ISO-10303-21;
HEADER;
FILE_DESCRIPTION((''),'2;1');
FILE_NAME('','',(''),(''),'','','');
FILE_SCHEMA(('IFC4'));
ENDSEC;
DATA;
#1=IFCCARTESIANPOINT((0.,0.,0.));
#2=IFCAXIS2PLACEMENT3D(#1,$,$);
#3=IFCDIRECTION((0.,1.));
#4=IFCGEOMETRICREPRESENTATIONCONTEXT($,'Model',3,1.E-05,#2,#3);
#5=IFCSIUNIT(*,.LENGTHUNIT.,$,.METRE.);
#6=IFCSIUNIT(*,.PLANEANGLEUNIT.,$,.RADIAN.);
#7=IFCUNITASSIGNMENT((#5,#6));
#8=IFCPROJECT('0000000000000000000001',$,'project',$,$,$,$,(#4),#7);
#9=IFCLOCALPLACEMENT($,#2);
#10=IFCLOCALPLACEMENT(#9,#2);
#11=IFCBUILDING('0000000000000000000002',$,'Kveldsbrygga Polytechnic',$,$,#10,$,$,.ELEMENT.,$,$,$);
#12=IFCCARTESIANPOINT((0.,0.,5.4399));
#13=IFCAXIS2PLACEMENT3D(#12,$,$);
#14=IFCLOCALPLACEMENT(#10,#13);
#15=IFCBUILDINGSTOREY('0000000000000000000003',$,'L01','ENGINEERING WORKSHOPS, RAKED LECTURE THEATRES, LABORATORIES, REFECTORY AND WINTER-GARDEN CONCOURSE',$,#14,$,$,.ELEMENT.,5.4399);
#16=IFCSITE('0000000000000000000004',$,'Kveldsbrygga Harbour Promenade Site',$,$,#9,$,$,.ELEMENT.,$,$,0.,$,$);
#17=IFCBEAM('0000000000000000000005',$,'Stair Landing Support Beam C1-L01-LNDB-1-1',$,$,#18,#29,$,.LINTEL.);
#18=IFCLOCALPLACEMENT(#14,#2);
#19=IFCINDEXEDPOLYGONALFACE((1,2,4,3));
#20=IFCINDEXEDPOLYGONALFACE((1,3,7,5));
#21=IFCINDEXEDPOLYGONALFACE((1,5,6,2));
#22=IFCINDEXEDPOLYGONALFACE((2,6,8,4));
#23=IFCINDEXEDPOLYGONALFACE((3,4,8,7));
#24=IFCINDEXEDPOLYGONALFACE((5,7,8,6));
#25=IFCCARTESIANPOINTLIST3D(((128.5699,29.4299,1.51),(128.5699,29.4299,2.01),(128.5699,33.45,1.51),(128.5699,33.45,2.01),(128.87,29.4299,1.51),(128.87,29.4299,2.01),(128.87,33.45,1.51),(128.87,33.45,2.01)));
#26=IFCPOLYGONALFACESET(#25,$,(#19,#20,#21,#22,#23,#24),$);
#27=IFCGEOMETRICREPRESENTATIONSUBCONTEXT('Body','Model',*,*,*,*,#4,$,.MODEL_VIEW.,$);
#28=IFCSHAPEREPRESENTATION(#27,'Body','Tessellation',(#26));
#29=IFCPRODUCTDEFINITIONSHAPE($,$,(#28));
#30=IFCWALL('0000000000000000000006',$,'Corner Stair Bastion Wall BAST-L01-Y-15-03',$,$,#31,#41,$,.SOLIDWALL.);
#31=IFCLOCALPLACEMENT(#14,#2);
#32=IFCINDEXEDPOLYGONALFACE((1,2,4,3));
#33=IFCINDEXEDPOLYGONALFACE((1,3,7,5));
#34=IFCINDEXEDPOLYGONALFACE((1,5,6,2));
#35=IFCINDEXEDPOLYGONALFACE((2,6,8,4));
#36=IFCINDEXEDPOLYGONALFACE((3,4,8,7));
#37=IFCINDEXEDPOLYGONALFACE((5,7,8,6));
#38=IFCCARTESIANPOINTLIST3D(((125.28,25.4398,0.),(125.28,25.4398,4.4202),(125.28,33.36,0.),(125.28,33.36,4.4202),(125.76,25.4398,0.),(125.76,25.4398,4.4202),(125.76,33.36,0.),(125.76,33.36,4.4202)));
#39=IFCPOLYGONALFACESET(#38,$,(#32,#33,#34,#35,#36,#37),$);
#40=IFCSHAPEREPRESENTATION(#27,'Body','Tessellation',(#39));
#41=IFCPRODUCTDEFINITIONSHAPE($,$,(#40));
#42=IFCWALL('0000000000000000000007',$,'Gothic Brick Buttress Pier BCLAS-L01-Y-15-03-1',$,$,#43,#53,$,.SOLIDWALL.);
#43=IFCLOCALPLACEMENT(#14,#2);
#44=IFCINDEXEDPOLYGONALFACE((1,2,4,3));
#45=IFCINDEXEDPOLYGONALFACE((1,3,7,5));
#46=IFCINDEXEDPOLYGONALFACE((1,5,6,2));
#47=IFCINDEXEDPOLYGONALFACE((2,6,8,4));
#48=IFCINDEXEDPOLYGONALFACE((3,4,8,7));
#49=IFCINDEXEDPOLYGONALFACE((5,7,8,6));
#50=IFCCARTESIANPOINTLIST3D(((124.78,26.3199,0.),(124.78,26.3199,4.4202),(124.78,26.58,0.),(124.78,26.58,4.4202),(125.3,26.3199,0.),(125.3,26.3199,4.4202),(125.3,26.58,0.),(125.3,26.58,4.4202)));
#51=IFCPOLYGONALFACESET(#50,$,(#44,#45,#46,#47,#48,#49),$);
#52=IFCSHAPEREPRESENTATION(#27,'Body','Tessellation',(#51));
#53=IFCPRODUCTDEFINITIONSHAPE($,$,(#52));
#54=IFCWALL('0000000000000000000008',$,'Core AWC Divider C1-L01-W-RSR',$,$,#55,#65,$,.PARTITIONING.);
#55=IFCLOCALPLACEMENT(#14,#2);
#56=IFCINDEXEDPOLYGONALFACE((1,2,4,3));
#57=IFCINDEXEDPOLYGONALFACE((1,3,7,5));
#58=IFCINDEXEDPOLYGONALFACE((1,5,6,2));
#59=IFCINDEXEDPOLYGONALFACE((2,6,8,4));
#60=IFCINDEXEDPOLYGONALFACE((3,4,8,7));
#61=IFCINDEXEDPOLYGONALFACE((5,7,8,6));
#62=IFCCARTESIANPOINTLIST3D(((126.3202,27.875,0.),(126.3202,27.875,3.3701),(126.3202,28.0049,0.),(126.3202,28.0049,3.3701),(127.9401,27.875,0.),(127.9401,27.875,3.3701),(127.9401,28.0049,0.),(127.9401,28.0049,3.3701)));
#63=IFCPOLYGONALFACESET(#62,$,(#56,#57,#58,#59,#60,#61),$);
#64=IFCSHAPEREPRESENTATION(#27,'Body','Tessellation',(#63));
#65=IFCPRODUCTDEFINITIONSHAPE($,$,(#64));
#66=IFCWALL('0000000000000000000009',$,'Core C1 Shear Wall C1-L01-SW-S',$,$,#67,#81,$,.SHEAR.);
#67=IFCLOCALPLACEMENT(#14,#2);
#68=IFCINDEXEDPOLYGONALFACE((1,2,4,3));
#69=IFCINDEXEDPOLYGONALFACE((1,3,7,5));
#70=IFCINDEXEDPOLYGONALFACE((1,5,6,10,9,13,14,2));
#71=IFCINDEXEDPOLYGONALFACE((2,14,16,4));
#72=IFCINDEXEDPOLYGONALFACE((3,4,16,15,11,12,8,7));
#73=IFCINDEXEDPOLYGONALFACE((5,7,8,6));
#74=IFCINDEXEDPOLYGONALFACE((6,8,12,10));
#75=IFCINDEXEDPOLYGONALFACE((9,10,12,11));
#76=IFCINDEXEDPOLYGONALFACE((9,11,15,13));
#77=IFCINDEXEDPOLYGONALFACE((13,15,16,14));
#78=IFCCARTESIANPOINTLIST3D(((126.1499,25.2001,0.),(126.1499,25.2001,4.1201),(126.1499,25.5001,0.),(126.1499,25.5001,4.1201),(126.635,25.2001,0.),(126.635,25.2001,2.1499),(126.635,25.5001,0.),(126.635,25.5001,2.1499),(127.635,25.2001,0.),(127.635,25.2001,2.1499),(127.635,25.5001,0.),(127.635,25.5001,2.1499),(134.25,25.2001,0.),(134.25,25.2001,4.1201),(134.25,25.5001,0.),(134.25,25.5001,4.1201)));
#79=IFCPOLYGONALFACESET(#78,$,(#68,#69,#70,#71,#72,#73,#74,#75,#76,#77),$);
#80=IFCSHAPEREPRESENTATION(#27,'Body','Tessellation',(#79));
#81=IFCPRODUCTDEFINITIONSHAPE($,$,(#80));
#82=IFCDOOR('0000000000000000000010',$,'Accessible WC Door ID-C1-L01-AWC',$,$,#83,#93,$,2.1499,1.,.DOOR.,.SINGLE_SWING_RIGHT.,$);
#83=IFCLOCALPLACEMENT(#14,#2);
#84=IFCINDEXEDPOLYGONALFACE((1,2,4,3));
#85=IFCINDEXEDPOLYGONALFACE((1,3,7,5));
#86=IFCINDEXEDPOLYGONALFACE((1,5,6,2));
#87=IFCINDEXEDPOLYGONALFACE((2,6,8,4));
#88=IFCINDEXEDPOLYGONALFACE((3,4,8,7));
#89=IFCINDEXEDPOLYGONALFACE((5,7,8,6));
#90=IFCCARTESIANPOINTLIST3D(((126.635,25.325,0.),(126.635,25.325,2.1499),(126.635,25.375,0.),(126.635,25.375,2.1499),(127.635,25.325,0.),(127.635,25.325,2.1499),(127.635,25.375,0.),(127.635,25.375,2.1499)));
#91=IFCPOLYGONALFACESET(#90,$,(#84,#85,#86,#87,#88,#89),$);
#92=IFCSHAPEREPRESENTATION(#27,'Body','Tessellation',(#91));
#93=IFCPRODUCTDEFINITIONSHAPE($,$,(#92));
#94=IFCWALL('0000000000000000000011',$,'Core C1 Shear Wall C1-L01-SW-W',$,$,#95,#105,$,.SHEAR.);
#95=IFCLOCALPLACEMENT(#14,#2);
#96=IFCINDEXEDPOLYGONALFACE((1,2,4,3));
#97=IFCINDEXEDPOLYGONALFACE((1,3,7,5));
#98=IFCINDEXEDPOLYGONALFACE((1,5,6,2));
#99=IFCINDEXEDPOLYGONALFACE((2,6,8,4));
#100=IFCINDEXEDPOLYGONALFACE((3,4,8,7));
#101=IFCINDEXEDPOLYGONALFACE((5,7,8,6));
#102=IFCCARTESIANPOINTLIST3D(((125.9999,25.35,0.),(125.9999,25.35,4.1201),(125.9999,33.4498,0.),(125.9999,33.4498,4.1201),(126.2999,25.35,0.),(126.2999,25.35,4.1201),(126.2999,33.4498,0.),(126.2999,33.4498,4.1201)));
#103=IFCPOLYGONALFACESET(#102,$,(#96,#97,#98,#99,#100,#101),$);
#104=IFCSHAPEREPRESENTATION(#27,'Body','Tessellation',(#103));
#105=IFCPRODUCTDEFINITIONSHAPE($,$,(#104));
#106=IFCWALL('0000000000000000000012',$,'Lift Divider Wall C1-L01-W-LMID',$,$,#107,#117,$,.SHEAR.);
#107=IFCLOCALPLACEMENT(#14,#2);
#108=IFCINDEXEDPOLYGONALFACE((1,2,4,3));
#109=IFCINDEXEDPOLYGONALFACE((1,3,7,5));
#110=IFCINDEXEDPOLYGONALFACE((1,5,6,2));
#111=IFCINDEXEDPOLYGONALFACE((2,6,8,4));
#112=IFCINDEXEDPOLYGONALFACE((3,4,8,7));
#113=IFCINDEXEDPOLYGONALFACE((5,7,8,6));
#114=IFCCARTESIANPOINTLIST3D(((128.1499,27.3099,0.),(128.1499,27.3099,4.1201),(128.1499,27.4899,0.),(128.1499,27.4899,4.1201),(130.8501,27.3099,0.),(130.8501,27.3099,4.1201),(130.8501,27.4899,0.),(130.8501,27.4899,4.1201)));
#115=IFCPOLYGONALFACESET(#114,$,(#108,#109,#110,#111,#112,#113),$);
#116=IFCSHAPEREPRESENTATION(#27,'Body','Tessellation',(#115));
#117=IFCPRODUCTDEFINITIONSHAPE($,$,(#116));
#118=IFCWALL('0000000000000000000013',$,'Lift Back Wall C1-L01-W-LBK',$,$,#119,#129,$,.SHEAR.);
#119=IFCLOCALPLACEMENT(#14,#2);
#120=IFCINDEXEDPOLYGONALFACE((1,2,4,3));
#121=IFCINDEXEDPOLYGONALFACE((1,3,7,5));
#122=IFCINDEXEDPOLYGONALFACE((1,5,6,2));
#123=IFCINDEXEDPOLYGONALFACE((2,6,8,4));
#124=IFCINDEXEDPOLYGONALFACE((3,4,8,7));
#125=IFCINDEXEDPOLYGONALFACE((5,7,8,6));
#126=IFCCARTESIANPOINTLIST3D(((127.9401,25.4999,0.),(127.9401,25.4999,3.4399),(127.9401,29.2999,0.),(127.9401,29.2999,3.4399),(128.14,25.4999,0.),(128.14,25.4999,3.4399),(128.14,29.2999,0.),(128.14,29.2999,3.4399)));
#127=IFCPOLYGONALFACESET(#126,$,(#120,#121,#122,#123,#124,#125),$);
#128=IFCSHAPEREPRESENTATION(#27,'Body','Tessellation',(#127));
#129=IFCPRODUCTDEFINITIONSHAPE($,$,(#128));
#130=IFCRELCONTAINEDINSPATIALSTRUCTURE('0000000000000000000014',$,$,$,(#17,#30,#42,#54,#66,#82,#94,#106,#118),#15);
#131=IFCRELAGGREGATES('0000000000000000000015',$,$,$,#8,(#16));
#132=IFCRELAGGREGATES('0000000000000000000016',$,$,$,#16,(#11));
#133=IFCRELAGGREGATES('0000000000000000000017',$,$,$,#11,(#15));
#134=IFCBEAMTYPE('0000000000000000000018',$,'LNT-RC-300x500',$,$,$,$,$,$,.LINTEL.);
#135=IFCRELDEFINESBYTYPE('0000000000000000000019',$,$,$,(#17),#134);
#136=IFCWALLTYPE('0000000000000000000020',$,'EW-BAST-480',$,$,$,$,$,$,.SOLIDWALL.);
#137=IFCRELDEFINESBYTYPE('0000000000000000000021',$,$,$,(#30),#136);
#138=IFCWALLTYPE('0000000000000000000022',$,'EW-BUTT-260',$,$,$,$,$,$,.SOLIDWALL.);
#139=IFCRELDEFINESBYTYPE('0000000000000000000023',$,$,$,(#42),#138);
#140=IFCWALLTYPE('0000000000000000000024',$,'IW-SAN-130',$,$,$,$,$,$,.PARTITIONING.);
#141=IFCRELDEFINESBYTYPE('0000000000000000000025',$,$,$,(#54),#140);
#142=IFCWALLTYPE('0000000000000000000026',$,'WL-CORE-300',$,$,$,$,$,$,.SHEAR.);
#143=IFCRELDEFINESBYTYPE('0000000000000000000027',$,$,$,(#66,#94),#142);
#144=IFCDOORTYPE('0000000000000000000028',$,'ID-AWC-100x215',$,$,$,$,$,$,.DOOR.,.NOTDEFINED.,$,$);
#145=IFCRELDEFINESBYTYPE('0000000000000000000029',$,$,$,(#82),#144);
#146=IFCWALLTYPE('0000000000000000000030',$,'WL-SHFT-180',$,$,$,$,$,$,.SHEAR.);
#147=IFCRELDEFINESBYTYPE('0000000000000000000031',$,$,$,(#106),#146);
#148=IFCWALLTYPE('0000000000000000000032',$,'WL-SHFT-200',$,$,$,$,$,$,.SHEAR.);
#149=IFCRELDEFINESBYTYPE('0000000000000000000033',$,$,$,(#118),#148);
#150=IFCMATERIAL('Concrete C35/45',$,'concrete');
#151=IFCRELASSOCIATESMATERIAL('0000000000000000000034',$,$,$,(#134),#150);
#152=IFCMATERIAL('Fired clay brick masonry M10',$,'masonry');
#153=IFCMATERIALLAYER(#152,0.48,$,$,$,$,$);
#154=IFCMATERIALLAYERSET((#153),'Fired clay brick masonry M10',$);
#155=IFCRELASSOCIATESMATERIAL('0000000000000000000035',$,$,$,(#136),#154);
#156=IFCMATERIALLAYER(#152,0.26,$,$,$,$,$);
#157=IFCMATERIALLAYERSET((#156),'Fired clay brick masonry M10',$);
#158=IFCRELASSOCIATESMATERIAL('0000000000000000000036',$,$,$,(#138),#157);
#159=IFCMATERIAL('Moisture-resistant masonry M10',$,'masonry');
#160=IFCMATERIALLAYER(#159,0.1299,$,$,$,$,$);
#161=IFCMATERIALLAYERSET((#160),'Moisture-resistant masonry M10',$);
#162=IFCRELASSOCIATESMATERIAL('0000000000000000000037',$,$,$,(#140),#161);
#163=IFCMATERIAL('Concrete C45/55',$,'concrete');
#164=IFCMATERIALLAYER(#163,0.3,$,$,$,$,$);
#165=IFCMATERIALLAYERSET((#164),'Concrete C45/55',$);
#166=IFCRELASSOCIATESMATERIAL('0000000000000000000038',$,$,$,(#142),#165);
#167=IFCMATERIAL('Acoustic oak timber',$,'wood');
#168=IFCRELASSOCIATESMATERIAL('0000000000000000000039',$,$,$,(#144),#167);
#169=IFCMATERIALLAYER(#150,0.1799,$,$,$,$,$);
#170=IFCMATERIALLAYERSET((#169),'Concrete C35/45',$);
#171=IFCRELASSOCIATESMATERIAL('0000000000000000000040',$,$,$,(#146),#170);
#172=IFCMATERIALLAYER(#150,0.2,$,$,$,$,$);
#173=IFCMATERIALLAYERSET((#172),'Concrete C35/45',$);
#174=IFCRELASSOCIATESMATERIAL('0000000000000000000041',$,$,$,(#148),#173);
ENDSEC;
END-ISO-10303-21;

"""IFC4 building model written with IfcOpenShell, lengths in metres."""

from ifc_helpers import new_model, si_unit, direction, frame, frame_2d, origin, origin_2d, place, context, subcontext, project, spatial, rectangle, extrude, material, layer, layer_set, material_profile, profile_set, type_object, element, fill, save


model = new_model("IFC4")

# Units and contexts
model_context = context("Model", 3, precision=1e-05, world=origin(), true_north=direction((0.0, 1.0)))
body_context = subcontext(model_context, "Body", "Model", "MODEL_VIEW")
ifc_project = project(units=[si_unit("LENGTHUNIT", "METRE"), si_unit("PLANEANGLEUNIT", "RADIAN")], contexts=[model_context])

# Site, building, storey
site_placement = place(None, origin())
site = spatial("IfcSite", under=ifc_project, at=site_placement, Name="Kveldsbrygga Harbour Promenade Site", CompositionType="ELEMENT", RefElevation=0.0)
building_placement = place(site_placement, origin())
building = spatial("IfcBuilding", under=site, at=building_placement, Name="Kveldsbrygga Polytechnic", CompositionType="ELEMENT")
storey_placement = place(building_placement, frame((0.0, 0.0, 5.4399)))
storey = spatial("IfcBuildingStorey", under=building, at=storey_placement, Name="L01", Description="ENGINEERING WORKSHOPS, RAKED LECTURE THEATRES, LABORATORIES, REFECTORY AND WINTER-GARDEN CONCOURSE", CompositionType="ELEMENT", Elevation=5.4399)

# Beam
ifc_material_1 = material(Name="Concrete C35/45", Category="concrete")
ifc_material_profile = material_profile(ifc_material_1, rectangle(XDim=0.3, YDim=0.5, at=origin_2d()), Name="RC 300x500")
ifc_profile_set = profile_set([ifc_material_profile], Name="Concrete C35/45")
beam_type = type_object("IfcBeamType", Name="LNT-RC-300x500", PredefinedType="LINTEL", material=ifc_profile_set)
beam_placement = place(storey_placement, frame((128.72, 29.4299, 1.76), z_axis=(0.0, 1.0, 0.0), x_axis=(-1.0, 0.0, 0.0)))
element("IfcBeam", 1, at=beam_placement, inside=storey, type_object=beam_type, Name="Stair Landing Support Beam C1-L01-LNDB-1-1", PredefinedType="LINTEL", context=body_context, shape_type="SweptSolid", body=[
    extrude(rectangle(XDim=0.3, YDim=0.5, at=origin_2d()), origin(), (0.0, 0.0, 1.0), 4.02),
])

# Walls
ifc_material_2 = material(Name="Fired clay brick masonry M10", Category="masonry")
ifc_layer_1 = layer(ifc_material_2, 0.48)
ifc_layer_set_1 = layer_set([ifc_layer_1], Name="Fired clay brick masonry M10")
wall_type_1 = type_object("IfcWallType", Name="EW-BAST-480", PredefinedType="SOLIDWALL", material=ifc_layer_set_1)
wall_1_placement = place(storey_placement, frame((125.52, 25.4399, 0.0), z_axis=(0.0, 0.0, 1.0), x_axis=(0.0, 1.0, 0.0)))
element("IfcWall", 2, at=wall_1_placement, inside=storey, type_object=wall_type_1, Name="Corner Stair Bastion Wall BAST-L01-Y-15-03", PredefinedType="SOLIDWALL", context=body_context, shape_type="SweptSolid", body=[
    extrude(rectangle(XDim=7.9202, YDim=0.48, at=frame_2d((3.96, 0.0))), origin(), (0.0, 0.0, 1.0), 4.4202),
])
ifc_layer_2 = layer(ifc_material_2, 0.26)
ifc_layer_set_2 = layer_set([ifc_layer_2], Name="Fired clay brick masonry M10")
wall_type_2 = type_object("IfcWallType", Name="EW-BUTT-260", PredefinedType="SOLIDWALL", material=ifc_layer_set_2)
wall_2_placement = place(storey_placement, frame((125.3, 26.45, 0.0), z_axis=(0.0, 0.0, 1.0), x_axis=(-1.0, 0.0, 0.0)))
element("IfcWall", 3, at=wall_2_placement, inside=storey, type_object=wall_type_2, Name="Gothic Brick Buttress Pier BCLAS-L01-Y-15-03-1", PredefinedType="SOLIDWALL", context=body_context, shape_type="SweptSolid", body=[
    extrude(rectangle(XDim=0.52, YDim=0.26, at=frame_2d((0.26, 0.0))), origin(), (0.0, 0.0, 1.0), 4.4202),
])
ifc_material_3 = material(Name="Moisture-resistant masonry M10", Category="masonry")
ifc_layer_3 = layer(ifc_material_3, 0.1299)
ifc_layer_set_3 = layer_set([ifc_layer_3], Name="Moisture-resistant masonry M10")
wall_type_3 = type_object("IfcWallType", Name="IW-SAN-130", PredefinedType="PARTITIONING", material=ifc_layer_set_3)
wall_3_placement = place(storey_placement, frame((126.3201, 27.9399, 0.0), z_axis=(0.0, 0.0, 1.0), x_axis=(1.0, 0.0, 0.0)))
element("IfcWall", 4, at=wall_3_placement, inside=storey, type_object=wall_type_3, Name="Core AWC Divider C1-L01-W-RSR", PredefinedType="PARTITIONING", context=body_context, shape_type="SweptSolid", body=[
    extrude(rectangle(XDim=1.6199, YDim=0.1299, at=frame_2d((0.8101, 0.0))), origin(), (0.0, 0.0, 1.0), 3.3701),
])

# Wall, opening, door
ifc_material_4 = material(Name="Concrete C45/55", Category="concrete")
ifc_layer_4 = layer(ifc_material_4, 0.3)
ifc_layer_set_4 = layer_set([ifc_layer_4], Name="Concrete C45/55")
wall_type_4 = type_object("IfcWallType", Name="WL-CORE-300", PredefinedType="SHEAR", material=ifc_layer_set_4)
wall_4_placement = place(storey_placement, frame((126.1499, 25.3501, 0.0), z_axis=(0.0, 0.0, 1.0), x_axis=(1.0, 0.0, 0.0)))
wall_4 = element("IfcWall", 5, at=wall_4_placement, inside=storey, type_object=wall_type_4, Name="Core C1 Shear Wall C1-L01-SW-S", PredefinedType="SHEAR", context=body_context, shape_type="SweptSolid", body=[
    extrude(rectangle(XDim=8.1001, YDim=0.3, at=frame_2d((4.05, 0.0))), origin(), (0.0, 0.0, 1.0), 4.1201),
])
opening_1_placement = place(wall_4_placement, frame((0.4851, 0.0, 0.0)))
opening_1 = element("IfcOpeningElement", 6, at=opening_1_placement, cuts=wall_4, PredefinedType="OPENING", context=body_context, shape_type="SweptSolid", body=[
    extrude(rectangle(XDim=1.0, YDim=2.1499, at=frame_2d((0.5, 1.075))), frame((0.0, 0.1602, 0.0), z_axis=(0.0, -1.0, 0.0), x_axis=(1.0, 0.0, 0.0)), (0.0, 0.0, 1.0), 0.3201),
])
ifc_material_5 = material(Name="Acoustic oak timber", Category="wood")
door_type_1 = type_object("IfcDoorType", Name="ID-AWC-100x215", OperationType="NOTDEFINED", PredefinedType="DOOR", material=ifc_material_5)
door_1_placement = place(opening_1_placement, origin())
door_1 = element("IfcDoor", 7, at=door_1_placement, inside=storey, type_object=door_type_1, Name="Accessible WC Door ID-C1-L01-AWC", OperationType="SINGLE_SWING_RIGHT", OverallHeight=2.1499, OverallWidth=1.0, PredefinedType="DOOR", context=body_context, shape_type="SweptSolid", body=[
    extrude(rectangle(XDim=1.0, YDim=2.1499, at=frame_2d((0.5, 1.075))), frame((0.0, 0.0249, 0.0), z_axis=(0.0, -1.0, 0.0), x_axis=(1.0, 0.0, 0.0)), (0.0, 0.0, 1.0), 0.05),
])
fill(opening_1, door_1)

# Wall
wall_5_placement = place(storey_placement, frame((126.1499, 25.3501, 0.0), z_axis=(0.0, 0.0, 1.0), x_axis=(0.0, 1.0, 0.0)))
element("IfcWall", 8, at=wall_5_placement, inside=storey, type_object=wall_type_4, Name="Core C1 Shear Wall C1-L01-SW-W", PredefinedType="SHEAR", context=body_context, shape_type="SweptSolid", body=[
    extrude(rectangle(XDim=8.0999, YDim=0.3, at=frame_2d((4.0498, 0.0))), origin(), (0.0, 0.0, 1.0), 4.1201),
])

# Wall
ifc_layer_5 = layer(ifc_material_1, 0.1799)
ifc_layer_set_5 = layer_set([ifc_layer_5], Name="Concrete C35/45")
wall_type_5 = type_object("IfcWallType", Name="WL-SHFT-180", PredefinedType="SHEAR", material=ifc_layer_set_5)
wall_6_placement = place(storey_placement, frame((128.1499, 27.3999, 0.0), z_axis=(0.0, 0.0, 1.0), x_axis=(1.0, 0.0, 0.0)))
element("IfcWall", 9, at=wall_6_placement, inside=storey, type_object=wall_type_5, Name="Lift Divider Wall C1-L01-W-LMID", PredefinedType="SHEAR", context=body_context, shape_type="SweptSolid", body=[
    extrude(rectangle(XDim=2.7002, YDim=0.1799, at=frame_2d((1.3501, 0.0))), origin(), (0.0, 0.0, 1.0), 4.1201),
])

# Shared definitions
ifc_layer_6 = layer(ifc_material_1, 0.2)
ifc_layer_set_6 = layer_set([ifc_layer_6], Name="Concrete C35/45")
wall_type_6 = type_object("IfcWallType", Name="WL-SHFT-200", PredefinedType="SHEAR", material=ifc_layer_set_6)

# Wall
wall_7_placement = place(storey_placement, frame((128.04, 25.5, 0.0), z_axis=(0.0, 0.0, 1.0), x_axis=(0.0, 1.0, 0.0)))
element("IfcWall", 10, at=wall_7_placement, inside=storey, type_object=wall_type_6, Name="Lift Back Wall C1-L01-W-LBK", PredefinedType="SHEAR", context=body_context, shape_type="SweptSolid", body=[
    extrude(rectangle(XDim=3.8, YDim=0.2, at=frame_2d((1.8999, 0.0))), origin(), (0.0, 0.0, 1.0), 3.4399),
])

save(model, "model.ifc")
